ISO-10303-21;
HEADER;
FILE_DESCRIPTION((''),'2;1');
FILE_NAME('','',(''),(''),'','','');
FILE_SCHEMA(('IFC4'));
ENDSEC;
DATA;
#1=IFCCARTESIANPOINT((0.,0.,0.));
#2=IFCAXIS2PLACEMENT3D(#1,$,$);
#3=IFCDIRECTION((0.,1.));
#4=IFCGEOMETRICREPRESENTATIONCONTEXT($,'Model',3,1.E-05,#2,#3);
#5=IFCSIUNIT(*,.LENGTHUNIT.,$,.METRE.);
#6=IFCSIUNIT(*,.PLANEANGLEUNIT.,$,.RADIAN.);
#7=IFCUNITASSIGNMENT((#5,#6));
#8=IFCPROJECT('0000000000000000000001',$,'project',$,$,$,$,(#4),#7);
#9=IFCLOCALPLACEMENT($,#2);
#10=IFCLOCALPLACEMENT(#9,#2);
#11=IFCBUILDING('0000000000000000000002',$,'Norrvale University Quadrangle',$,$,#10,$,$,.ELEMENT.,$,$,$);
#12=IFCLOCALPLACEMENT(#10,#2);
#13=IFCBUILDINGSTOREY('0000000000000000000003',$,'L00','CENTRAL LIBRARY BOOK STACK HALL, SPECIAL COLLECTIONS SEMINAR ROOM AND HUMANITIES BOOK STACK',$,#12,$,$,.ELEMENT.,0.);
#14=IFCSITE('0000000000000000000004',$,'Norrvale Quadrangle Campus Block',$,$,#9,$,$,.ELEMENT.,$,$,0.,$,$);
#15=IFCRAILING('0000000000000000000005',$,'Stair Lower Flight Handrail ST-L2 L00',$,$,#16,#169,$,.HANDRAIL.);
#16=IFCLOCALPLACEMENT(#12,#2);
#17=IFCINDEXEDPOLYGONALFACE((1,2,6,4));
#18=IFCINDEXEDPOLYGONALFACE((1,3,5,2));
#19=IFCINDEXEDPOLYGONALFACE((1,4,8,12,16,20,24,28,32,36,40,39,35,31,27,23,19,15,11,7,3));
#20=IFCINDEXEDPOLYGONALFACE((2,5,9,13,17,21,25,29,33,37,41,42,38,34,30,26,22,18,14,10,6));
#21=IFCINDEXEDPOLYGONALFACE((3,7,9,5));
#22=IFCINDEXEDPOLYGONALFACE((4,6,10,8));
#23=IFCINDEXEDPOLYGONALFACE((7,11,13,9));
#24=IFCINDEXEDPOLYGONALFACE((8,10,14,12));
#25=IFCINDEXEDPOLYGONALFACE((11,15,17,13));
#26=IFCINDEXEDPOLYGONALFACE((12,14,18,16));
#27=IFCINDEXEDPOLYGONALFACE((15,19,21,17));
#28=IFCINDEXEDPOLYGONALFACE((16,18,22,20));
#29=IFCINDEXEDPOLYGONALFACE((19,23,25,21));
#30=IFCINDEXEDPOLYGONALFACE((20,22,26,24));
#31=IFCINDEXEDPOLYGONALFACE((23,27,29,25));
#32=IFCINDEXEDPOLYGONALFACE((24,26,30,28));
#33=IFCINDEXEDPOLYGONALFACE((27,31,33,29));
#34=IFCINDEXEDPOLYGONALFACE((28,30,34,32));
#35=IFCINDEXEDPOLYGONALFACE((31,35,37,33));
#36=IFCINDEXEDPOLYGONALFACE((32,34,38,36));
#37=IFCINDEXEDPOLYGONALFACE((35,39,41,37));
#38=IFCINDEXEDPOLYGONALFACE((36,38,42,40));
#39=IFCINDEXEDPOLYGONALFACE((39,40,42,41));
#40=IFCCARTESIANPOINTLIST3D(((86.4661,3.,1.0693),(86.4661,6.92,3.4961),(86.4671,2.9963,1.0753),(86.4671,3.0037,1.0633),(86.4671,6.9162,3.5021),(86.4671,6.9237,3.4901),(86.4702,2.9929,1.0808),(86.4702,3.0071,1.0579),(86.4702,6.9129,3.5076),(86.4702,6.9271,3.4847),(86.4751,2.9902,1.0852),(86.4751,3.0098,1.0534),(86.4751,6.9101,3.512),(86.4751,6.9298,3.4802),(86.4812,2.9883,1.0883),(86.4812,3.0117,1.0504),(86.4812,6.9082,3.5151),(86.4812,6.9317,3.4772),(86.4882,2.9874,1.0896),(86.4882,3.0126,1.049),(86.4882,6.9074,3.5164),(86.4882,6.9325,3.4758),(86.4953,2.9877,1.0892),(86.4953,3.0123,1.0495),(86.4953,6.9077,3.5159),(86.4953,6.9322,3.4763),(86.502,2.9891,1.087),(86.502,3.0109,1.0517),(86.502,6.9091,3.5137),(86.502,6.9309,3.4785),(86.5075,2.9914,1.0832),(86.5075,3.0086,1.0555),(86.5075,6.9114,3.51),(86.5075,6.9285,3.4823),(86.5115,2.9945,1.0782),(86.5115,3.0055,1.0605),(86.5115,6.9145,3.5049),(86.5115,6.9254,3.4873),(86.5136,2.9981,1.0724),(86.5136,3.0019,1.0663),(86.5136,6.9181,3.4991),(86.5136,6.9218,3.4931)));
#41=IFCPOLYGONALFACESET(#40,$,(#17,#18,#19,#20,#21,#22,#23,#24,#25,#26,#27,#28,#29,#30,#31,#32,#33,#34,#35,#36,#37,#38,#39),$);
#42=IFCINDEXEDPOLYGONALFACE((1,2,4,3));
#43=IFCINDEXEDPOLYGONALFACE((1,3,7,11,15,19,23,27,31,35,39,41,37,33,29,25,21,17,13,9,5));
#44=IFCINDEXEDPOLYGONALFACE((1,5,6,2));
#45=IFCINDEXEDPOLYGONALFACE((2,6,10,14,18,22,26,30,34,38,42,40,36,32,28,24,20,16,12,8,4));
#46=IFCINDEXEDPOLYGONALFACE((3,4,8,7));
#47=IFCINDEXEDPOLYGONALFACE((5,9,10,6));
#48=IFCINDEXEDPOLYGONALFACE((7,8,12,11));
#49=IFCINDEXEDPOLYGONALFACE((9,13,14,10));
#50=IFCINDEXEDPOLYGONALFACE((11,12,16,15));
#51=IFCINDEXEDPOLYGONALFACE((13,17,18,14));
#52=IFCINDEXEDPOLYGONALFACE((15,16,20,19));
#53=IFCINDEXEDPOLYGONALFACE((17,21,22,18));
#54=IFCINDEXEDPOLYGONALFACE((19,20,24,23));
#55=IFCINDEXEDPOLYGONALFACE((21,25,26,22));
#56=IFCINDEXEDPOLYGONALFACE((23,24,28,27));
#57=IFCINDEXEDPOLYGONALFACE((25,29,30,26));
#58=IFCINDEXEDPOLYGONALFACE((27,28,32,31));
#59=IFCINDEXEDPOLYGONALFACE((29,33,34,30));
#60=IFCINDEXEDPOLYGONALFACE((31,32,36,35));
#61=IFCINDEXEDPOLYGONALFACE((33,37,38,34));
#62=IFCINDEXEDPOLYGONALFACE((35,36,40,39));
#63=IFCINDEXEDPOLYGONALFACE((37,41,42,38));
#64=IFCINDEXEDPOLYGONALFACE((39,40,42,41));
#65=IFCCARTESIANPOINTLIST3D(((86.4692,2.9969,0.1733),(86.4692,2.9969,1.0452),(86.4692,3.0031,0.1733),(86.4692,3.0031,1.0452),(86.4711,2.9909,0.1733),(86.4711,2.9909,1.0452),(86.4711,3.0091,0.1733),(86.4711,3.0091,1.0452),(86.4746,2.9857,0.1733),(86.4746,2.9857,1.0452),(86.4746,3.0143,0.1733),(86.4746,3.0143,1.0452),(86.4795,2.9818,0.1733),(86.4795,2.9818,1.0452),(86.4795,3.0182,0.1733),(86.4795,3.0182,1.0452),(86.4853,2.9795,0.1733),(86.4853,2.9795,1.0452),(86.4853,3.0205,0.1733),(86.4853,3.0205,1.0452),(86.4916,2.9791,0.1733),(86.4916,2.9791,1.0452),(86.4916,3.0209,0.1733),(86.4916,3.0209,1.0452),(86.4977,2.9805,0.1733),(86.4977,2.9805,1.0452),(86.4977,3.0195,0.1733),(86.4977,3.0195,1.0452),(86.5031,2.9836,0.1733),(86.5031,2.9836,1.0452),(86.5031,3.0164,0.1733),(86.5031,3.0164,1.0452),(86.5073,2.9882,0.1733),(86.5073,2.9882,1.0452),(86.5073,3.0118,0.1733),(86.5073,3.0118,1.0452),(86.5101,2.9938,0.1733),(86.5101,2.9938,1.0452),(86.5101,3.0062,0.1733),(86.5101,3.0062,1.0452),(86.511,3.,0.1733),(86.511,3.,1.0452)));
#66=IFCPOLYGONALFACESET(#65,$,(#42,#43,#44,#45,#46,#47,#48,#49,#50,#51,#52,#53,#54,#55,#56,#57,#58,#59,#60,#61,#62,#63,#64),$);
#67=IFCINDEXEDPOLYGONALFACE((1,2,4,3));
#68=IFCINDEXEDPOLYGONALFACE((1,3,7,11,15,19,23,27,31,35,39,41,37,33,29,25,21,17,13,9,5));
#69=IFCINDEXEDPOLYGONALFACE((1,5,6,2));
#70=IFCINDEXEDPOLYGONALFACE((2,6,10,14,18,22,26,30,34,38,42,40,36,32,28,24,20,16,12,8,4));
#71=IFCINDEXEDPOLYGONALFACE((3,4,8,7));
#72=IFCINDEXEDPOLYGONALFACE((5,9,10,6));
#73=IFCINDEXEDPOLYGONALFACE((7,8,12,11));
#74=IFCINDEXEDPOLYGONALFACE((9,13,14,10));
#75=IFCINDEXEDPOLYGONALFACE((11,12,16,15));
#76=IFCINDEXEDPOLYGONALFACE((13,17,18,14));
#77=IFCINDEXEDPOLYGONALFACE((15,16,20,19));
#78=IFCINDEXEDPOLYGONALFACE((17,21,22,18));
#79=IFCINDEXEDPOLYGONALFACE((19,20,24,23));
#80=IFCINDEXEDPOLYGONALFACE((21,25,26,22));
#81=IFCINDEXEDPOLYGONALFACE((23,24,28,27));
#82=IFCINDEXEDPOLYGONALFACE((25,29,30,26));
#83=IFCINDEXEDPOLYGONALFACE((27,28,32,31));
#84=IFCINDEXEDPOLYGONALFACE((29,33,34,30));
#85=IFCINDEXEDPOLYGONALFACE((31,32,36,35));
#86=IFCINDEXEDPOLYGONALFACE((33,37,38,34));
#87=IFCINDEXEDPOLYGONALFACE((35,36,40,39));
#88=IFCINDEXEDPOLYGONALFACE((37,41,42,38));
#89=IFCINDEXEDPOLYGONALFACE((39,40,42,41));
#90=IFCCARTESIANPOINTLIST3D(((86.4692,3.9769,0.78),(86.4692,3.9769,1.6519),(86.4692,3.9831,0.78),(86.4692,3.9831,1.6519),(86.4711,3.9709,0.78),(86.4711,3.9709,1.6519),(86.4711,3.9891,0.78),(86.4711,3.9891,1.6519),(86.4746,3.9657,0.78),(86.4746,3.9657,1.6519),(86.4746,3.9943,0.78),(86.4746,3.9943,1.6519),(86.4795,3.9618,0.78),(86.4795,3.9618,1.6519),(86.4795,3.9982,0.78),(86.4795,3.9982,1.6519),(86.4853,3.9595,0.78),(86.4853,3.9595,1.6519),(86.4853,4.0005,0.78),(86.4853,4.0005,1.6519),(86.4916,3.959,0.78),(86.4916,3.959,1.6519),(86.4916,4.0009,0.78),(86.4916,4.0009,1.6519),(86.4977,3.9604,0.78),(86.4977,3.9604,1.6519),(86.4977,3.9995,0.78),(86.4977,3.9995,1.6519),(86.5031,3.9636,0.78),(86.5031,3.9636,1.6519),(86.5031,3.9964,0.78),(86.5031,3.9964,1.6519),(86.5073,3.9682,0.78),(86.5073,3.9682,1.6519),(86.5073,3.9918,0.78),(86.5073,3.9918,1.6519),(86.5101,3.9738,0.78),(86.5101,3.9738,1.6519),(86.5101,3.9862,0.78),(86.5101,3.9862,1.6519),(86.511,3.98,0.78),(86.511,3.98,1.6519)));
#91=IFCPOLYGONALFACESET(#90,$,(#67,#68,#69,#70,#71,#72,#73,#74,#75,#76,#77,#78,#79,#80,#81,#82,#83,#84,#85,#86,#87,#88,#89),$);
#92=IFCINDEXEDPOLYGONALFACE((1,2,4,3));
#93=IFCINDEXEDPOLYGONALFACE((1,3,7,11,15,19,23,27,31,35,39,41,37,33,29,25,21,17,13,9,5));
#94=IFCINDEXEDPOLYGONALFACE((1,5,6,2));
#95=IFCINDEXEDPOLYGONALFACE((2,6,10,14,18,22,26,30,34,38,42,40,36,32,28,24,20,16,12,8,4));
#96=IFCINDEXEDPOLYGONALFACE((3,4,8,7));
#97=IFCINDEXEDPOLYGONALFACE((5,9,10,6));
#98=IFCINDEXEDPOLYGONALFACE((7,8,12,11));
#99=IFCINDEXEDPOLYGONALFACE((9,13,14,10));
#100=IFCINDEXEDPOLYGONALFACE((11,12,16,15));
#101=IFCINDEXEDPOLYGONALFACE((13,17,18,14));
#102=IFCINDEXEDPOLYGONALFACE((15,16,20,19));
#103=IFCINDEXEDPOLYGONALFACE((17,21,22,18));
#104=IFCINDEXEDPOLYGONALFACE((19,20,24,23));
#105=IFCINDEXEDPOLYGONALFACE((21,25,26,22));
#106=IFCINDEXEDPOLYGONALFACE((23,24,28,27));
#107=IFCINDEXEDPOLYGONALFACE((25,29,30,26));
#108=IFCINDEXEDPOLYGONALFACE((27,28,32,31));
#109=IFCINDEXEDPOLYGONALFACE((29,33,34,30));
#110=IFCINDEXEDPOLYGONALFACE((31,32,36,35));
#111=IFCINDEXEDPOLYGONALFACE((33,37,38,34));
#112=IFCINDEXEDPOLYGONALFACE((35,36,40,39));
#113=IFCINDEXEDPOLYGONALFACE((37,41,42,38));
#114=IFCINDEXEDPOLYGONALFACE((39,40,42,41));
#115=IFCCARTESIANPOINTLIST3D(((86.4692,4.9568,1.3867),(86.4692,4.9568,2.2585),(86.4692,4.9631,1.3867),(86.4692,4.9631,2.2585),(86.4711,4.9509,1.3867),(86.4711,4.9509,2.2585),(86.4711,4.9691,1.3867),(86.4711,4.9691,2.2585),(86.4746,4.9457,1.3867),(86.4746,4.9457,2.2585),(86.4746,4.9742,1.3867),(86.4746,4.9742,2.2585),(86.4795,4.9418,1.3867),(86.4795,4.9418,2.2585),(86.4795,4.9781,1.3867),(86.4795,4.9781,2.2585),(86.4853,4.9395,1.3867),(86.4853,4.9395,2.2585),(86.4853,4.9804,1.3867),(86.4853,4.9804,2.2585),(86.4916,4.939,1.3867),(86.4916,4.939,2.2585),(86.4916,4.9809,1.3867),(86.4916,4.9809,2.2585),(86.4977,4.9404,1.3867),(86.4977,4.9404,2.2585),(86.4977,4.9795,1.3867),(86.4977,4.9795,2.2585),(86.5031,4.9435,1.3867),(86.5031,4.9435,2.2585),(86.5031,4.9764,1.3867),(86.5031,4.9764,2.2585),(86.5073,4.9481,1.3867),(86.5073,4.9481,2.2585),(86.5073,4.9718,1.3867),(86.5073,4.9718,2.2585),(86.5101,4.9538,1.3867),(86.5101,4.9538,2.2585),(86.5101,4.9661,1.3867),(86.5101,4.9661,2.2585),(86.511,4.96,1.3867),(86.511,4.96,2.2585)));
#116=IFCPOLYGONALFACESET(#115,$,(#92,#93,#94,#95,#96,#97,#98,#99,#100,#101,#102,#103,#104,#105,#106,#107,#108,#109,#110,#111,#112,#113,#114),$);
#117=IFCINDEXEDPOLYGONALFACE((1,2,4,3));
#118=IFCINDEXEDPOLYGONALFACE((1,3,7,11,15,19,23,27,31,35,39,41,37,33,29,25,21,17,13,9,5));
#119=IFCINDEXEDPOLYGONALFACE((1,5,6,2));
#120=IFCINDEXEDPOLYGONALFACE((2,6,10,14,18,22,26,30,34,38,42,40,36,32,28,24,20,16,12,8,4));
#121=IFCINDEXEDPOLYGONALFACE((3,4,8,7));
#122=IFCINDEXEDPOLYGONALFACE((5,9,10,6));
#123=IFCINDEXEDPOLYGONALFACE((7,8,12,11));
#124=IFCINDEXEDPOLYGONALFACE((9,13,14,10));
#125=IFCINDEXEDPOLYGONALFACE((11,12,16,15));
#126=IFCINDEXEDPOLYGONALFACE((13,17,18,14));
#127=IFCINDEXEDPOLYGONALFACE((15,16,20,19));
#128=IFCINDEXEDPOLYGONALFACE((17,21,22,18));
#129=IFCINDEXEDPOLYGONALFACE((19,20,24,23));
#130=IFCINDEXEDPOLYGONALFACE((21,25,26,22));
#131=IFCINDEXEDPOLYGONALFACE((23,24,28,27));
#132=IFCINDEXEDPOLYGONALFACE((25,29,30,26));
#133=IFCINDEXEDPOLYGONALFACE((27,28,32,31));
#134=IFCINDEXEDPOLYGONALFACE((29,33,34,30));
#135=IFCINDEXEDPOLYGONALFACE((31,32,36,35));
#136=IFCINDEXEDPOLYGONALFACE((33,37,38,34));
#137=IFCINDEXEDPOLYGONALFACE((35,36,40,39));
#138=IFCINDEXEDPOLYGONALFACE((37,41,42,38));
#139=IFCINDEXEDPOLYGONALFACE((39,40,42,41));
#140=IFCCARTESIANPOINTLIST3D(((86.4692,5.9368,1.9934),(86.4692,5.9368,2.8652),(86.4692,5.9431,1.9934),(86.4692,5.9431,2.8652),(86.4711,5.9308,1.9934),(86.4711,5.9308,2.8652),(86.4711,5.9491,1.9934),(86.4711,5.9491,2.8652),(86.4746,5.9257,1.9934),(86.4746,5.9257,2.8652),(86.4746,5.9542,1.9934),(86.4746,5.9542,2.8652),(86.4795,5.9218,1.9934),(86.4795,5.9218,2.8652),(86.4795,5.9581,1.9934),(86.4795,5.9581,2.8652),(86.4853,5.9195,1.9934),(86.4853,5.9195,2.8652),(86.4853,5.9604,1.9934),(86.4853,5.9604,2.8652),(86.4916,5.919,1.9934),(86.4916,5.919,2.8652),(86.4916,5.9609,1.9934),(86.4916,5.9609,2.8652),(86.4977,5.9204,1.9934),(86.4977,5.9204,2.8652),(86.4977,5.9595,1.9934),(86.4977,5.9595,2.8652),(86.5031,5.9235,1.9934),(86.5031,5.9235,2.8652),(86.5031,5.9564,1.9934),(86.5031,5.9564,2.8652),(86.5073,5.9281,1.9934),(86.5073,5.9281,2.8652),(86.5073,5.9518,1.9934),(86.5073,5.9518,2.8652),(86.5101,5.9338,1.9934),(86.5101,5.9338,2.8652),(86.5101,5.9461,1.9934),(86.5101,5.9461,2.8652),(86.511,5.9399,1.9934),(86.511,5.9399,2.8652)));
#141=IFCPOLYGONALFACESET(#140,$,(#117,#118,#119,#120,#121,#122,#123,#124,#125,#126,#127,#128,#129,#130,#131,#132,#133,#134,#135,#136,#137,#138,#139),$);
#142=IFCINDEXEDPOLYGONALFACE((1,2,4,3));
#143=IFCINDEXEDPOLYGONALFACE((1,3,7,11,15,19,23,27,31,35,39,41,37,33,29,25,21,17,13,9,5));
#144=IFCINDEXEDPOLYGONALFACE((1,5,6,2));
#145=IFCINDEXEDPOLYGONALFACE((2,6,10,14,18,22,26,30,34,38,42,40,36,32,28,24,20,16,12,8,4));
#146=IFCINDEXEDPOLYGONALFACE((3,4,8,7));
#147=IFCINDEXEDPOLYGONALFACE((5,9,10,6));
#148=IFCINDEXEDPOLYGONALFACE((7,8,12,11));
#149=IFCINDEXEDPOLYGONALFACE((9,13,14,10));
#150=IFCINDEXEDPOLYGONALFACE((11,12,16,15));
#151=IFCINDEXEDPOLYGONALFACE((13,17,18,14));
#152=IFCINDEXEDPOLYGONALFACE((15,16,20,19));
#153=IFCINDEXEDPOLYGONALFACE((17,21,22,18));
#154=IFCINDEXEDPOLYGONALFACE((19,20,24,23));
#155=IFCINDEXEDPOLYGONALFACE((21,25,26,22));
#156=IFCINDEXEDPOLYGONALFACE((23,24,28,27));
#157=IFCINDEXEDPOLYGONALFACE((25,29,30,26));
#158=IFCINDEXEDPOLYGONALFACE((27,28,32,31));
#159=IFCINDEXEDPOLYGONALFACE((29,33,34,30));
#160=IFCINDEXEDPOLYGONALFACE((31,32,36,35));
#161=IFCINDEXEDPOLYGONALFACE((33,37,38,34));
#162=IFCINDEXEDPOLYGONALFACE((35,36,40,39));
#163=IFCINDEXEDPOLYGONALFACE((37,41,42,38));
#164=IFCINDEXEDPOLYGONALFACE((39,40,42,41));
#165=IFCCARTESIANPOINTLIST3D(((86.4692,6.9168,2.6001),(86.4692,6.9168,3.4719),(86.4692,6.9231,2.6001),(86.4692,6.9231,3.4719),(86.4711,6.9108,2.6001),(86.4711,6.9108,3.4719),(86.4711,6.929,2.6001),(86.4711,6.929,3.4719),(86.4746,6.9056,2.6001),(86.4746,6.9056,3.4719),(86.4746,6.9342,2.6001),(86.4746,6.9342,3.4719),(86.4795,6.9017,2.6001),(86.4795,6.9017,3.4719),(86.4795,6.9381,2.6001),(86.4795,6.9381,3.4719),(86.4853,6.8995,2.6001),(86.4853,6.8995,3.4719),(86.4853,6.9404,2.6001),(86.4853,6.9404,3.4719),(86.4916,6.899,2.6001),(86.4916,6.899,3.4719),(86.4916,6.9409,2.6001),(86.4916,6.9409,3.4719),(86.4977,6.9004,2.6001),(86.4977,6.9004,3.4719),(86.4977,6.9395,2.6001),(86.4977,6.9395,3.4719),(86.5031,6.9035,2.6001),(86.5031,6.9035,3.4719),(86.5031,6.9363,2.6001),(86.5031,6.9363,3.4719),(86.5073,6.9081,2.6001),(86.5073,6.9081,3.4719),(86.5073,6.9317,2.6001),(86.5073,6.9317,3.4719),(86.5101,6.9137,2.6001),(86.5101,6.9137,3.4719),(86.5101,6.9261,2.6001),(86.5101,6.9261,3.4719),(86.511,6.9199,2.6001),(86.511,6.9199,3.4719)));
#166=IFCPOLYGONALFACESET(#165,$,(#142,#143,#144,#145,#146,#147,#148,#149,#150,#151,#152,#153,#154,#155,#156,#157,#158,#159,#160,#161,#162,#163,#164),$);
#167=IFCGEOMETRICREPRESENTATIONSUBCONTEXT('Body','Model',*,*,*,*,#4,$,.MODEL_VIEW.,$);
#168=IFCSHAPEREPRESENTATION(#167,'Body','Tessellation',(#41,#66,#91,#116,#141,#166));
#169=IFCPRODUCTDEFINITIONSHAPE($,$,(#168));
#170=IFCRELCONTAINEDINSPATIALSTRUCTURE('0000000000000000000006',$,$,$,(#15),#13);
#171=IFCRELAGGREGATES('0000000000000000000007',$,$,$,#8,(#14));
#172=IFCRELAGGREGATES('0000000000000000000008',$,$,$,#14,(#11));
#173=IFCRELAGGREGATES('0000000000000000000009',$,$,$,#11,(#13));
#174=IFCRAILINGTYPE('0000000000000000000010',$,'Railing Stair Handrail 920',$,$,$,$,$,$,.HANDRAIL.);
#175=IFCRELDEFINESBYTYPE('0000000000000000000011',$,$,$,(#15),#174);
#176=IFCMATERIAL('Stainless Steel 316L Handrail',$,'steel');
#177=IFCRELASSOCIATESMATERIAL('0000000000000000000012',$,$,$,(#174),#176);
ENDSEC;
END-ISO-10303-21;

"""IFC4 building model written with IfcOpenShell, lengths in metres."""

from ifc_helpers import new_model, si_unit, direction, frame, origin, origin_2d, place, context, subcontext, project, spatial, circle, extrude, material, type_object, element, save


model = new_model("IFC4")

# Units and contexts
model_context = context("Model", 3, precision=1e-05, world=origin(), true_north=direction((0.0, 1.0)))
body_context = subcontext(model_context, "Body", "Model", "MODEL_VIEW")
ifc_project = project(units=[si_unit("LENGTHUNIT", "METRE"), si_unit("PLANEANGLEUNIT", "RADIAN")], contexts=[model_context])

# Site, building, storey
site_placement = place(None, origin())
site = spatial("IfcSite", under=ifc_project, at=site_placement, Name="Norrvale Quadrangle Campus Block", CompositionType="ELEMENT", RefElevation=0.0)
building_placement = place(site_placement, origin())
building = spatial("IfcBuilding", under=site, at=building_placement, Name="Norrvale University Quadrangle", CompositionType="ELEMENT")
storey_placement = place(building_placement, origin())
storey = spatial("IfcBuildingStorey", under=building, at=storey_placement, Name="L00", Description="CENTRAL LIBRARY BOOK STACK HALL, SPECIAL COLLECTIONS SEMINAR ROOM AND HUMANITIES BOOK STACK", CompositionType="ELEMENT", Elevation=0.0)

# Railing
ifc_material_1 = material(Name="Stainless Steel 316L Handrail", Category="steel")
railing_type_1 = type_object("IfcRailingType", Name="Railing Stair Handrail 920", PredefinedType="HANDRAIL", material=ifc_material_1)
railing_1_placement = place(storey_placement, frame((86.49, 3.0, 0.1733)))
element("IfcRailing", 1, at=railing_1_placement, inside=storey, type_object=railing_type_1, Name="Stair Lower Flight Handrail ST-L2 L00", PredefinedType="HANDRAIL", context=body_context, shape_type="SweptSolid", body=[
    extrude(circle(Radius=0.0239, at=origin_2d()), frame((0.0, 0.0, 0.896), z_axis=(0.0, 0.850252, 0.526376), x_axis=(-1.0, 0.0, 0.0)), (0.0, 0.0, 1.0), 4.6104),
    extrude(circle(Radius=0.021, at=origin_2d()), origin(), (0.0, 0.0, 1.0), 0.8718),
    extrude(circle(Radius=0.021, at=origin_2d()), frame((0.0, 0.98, 0.6067)), (0.0, 0.0, 1.0), 0.8718),
    extrude(circle(Radius=0.021, at=origin_2d()), frame((0.0, 1.96, 1.2134)), (0.0, 0.0, 1.0), 0.8718),
    extrude(circle(Radius=0.021, at=origin_2d()), frame((0.0, 2.9399, 1.8201)), (0.0, 0.0, 1.0), 0.8718),
    extrude(circle(Radius=0.021, at=origin_2d()), frame((0.0, 3.9199, 2.4268)), (0.0, 0.0, 1.0), 0.8718),
])

save(model, "model.ifc")
